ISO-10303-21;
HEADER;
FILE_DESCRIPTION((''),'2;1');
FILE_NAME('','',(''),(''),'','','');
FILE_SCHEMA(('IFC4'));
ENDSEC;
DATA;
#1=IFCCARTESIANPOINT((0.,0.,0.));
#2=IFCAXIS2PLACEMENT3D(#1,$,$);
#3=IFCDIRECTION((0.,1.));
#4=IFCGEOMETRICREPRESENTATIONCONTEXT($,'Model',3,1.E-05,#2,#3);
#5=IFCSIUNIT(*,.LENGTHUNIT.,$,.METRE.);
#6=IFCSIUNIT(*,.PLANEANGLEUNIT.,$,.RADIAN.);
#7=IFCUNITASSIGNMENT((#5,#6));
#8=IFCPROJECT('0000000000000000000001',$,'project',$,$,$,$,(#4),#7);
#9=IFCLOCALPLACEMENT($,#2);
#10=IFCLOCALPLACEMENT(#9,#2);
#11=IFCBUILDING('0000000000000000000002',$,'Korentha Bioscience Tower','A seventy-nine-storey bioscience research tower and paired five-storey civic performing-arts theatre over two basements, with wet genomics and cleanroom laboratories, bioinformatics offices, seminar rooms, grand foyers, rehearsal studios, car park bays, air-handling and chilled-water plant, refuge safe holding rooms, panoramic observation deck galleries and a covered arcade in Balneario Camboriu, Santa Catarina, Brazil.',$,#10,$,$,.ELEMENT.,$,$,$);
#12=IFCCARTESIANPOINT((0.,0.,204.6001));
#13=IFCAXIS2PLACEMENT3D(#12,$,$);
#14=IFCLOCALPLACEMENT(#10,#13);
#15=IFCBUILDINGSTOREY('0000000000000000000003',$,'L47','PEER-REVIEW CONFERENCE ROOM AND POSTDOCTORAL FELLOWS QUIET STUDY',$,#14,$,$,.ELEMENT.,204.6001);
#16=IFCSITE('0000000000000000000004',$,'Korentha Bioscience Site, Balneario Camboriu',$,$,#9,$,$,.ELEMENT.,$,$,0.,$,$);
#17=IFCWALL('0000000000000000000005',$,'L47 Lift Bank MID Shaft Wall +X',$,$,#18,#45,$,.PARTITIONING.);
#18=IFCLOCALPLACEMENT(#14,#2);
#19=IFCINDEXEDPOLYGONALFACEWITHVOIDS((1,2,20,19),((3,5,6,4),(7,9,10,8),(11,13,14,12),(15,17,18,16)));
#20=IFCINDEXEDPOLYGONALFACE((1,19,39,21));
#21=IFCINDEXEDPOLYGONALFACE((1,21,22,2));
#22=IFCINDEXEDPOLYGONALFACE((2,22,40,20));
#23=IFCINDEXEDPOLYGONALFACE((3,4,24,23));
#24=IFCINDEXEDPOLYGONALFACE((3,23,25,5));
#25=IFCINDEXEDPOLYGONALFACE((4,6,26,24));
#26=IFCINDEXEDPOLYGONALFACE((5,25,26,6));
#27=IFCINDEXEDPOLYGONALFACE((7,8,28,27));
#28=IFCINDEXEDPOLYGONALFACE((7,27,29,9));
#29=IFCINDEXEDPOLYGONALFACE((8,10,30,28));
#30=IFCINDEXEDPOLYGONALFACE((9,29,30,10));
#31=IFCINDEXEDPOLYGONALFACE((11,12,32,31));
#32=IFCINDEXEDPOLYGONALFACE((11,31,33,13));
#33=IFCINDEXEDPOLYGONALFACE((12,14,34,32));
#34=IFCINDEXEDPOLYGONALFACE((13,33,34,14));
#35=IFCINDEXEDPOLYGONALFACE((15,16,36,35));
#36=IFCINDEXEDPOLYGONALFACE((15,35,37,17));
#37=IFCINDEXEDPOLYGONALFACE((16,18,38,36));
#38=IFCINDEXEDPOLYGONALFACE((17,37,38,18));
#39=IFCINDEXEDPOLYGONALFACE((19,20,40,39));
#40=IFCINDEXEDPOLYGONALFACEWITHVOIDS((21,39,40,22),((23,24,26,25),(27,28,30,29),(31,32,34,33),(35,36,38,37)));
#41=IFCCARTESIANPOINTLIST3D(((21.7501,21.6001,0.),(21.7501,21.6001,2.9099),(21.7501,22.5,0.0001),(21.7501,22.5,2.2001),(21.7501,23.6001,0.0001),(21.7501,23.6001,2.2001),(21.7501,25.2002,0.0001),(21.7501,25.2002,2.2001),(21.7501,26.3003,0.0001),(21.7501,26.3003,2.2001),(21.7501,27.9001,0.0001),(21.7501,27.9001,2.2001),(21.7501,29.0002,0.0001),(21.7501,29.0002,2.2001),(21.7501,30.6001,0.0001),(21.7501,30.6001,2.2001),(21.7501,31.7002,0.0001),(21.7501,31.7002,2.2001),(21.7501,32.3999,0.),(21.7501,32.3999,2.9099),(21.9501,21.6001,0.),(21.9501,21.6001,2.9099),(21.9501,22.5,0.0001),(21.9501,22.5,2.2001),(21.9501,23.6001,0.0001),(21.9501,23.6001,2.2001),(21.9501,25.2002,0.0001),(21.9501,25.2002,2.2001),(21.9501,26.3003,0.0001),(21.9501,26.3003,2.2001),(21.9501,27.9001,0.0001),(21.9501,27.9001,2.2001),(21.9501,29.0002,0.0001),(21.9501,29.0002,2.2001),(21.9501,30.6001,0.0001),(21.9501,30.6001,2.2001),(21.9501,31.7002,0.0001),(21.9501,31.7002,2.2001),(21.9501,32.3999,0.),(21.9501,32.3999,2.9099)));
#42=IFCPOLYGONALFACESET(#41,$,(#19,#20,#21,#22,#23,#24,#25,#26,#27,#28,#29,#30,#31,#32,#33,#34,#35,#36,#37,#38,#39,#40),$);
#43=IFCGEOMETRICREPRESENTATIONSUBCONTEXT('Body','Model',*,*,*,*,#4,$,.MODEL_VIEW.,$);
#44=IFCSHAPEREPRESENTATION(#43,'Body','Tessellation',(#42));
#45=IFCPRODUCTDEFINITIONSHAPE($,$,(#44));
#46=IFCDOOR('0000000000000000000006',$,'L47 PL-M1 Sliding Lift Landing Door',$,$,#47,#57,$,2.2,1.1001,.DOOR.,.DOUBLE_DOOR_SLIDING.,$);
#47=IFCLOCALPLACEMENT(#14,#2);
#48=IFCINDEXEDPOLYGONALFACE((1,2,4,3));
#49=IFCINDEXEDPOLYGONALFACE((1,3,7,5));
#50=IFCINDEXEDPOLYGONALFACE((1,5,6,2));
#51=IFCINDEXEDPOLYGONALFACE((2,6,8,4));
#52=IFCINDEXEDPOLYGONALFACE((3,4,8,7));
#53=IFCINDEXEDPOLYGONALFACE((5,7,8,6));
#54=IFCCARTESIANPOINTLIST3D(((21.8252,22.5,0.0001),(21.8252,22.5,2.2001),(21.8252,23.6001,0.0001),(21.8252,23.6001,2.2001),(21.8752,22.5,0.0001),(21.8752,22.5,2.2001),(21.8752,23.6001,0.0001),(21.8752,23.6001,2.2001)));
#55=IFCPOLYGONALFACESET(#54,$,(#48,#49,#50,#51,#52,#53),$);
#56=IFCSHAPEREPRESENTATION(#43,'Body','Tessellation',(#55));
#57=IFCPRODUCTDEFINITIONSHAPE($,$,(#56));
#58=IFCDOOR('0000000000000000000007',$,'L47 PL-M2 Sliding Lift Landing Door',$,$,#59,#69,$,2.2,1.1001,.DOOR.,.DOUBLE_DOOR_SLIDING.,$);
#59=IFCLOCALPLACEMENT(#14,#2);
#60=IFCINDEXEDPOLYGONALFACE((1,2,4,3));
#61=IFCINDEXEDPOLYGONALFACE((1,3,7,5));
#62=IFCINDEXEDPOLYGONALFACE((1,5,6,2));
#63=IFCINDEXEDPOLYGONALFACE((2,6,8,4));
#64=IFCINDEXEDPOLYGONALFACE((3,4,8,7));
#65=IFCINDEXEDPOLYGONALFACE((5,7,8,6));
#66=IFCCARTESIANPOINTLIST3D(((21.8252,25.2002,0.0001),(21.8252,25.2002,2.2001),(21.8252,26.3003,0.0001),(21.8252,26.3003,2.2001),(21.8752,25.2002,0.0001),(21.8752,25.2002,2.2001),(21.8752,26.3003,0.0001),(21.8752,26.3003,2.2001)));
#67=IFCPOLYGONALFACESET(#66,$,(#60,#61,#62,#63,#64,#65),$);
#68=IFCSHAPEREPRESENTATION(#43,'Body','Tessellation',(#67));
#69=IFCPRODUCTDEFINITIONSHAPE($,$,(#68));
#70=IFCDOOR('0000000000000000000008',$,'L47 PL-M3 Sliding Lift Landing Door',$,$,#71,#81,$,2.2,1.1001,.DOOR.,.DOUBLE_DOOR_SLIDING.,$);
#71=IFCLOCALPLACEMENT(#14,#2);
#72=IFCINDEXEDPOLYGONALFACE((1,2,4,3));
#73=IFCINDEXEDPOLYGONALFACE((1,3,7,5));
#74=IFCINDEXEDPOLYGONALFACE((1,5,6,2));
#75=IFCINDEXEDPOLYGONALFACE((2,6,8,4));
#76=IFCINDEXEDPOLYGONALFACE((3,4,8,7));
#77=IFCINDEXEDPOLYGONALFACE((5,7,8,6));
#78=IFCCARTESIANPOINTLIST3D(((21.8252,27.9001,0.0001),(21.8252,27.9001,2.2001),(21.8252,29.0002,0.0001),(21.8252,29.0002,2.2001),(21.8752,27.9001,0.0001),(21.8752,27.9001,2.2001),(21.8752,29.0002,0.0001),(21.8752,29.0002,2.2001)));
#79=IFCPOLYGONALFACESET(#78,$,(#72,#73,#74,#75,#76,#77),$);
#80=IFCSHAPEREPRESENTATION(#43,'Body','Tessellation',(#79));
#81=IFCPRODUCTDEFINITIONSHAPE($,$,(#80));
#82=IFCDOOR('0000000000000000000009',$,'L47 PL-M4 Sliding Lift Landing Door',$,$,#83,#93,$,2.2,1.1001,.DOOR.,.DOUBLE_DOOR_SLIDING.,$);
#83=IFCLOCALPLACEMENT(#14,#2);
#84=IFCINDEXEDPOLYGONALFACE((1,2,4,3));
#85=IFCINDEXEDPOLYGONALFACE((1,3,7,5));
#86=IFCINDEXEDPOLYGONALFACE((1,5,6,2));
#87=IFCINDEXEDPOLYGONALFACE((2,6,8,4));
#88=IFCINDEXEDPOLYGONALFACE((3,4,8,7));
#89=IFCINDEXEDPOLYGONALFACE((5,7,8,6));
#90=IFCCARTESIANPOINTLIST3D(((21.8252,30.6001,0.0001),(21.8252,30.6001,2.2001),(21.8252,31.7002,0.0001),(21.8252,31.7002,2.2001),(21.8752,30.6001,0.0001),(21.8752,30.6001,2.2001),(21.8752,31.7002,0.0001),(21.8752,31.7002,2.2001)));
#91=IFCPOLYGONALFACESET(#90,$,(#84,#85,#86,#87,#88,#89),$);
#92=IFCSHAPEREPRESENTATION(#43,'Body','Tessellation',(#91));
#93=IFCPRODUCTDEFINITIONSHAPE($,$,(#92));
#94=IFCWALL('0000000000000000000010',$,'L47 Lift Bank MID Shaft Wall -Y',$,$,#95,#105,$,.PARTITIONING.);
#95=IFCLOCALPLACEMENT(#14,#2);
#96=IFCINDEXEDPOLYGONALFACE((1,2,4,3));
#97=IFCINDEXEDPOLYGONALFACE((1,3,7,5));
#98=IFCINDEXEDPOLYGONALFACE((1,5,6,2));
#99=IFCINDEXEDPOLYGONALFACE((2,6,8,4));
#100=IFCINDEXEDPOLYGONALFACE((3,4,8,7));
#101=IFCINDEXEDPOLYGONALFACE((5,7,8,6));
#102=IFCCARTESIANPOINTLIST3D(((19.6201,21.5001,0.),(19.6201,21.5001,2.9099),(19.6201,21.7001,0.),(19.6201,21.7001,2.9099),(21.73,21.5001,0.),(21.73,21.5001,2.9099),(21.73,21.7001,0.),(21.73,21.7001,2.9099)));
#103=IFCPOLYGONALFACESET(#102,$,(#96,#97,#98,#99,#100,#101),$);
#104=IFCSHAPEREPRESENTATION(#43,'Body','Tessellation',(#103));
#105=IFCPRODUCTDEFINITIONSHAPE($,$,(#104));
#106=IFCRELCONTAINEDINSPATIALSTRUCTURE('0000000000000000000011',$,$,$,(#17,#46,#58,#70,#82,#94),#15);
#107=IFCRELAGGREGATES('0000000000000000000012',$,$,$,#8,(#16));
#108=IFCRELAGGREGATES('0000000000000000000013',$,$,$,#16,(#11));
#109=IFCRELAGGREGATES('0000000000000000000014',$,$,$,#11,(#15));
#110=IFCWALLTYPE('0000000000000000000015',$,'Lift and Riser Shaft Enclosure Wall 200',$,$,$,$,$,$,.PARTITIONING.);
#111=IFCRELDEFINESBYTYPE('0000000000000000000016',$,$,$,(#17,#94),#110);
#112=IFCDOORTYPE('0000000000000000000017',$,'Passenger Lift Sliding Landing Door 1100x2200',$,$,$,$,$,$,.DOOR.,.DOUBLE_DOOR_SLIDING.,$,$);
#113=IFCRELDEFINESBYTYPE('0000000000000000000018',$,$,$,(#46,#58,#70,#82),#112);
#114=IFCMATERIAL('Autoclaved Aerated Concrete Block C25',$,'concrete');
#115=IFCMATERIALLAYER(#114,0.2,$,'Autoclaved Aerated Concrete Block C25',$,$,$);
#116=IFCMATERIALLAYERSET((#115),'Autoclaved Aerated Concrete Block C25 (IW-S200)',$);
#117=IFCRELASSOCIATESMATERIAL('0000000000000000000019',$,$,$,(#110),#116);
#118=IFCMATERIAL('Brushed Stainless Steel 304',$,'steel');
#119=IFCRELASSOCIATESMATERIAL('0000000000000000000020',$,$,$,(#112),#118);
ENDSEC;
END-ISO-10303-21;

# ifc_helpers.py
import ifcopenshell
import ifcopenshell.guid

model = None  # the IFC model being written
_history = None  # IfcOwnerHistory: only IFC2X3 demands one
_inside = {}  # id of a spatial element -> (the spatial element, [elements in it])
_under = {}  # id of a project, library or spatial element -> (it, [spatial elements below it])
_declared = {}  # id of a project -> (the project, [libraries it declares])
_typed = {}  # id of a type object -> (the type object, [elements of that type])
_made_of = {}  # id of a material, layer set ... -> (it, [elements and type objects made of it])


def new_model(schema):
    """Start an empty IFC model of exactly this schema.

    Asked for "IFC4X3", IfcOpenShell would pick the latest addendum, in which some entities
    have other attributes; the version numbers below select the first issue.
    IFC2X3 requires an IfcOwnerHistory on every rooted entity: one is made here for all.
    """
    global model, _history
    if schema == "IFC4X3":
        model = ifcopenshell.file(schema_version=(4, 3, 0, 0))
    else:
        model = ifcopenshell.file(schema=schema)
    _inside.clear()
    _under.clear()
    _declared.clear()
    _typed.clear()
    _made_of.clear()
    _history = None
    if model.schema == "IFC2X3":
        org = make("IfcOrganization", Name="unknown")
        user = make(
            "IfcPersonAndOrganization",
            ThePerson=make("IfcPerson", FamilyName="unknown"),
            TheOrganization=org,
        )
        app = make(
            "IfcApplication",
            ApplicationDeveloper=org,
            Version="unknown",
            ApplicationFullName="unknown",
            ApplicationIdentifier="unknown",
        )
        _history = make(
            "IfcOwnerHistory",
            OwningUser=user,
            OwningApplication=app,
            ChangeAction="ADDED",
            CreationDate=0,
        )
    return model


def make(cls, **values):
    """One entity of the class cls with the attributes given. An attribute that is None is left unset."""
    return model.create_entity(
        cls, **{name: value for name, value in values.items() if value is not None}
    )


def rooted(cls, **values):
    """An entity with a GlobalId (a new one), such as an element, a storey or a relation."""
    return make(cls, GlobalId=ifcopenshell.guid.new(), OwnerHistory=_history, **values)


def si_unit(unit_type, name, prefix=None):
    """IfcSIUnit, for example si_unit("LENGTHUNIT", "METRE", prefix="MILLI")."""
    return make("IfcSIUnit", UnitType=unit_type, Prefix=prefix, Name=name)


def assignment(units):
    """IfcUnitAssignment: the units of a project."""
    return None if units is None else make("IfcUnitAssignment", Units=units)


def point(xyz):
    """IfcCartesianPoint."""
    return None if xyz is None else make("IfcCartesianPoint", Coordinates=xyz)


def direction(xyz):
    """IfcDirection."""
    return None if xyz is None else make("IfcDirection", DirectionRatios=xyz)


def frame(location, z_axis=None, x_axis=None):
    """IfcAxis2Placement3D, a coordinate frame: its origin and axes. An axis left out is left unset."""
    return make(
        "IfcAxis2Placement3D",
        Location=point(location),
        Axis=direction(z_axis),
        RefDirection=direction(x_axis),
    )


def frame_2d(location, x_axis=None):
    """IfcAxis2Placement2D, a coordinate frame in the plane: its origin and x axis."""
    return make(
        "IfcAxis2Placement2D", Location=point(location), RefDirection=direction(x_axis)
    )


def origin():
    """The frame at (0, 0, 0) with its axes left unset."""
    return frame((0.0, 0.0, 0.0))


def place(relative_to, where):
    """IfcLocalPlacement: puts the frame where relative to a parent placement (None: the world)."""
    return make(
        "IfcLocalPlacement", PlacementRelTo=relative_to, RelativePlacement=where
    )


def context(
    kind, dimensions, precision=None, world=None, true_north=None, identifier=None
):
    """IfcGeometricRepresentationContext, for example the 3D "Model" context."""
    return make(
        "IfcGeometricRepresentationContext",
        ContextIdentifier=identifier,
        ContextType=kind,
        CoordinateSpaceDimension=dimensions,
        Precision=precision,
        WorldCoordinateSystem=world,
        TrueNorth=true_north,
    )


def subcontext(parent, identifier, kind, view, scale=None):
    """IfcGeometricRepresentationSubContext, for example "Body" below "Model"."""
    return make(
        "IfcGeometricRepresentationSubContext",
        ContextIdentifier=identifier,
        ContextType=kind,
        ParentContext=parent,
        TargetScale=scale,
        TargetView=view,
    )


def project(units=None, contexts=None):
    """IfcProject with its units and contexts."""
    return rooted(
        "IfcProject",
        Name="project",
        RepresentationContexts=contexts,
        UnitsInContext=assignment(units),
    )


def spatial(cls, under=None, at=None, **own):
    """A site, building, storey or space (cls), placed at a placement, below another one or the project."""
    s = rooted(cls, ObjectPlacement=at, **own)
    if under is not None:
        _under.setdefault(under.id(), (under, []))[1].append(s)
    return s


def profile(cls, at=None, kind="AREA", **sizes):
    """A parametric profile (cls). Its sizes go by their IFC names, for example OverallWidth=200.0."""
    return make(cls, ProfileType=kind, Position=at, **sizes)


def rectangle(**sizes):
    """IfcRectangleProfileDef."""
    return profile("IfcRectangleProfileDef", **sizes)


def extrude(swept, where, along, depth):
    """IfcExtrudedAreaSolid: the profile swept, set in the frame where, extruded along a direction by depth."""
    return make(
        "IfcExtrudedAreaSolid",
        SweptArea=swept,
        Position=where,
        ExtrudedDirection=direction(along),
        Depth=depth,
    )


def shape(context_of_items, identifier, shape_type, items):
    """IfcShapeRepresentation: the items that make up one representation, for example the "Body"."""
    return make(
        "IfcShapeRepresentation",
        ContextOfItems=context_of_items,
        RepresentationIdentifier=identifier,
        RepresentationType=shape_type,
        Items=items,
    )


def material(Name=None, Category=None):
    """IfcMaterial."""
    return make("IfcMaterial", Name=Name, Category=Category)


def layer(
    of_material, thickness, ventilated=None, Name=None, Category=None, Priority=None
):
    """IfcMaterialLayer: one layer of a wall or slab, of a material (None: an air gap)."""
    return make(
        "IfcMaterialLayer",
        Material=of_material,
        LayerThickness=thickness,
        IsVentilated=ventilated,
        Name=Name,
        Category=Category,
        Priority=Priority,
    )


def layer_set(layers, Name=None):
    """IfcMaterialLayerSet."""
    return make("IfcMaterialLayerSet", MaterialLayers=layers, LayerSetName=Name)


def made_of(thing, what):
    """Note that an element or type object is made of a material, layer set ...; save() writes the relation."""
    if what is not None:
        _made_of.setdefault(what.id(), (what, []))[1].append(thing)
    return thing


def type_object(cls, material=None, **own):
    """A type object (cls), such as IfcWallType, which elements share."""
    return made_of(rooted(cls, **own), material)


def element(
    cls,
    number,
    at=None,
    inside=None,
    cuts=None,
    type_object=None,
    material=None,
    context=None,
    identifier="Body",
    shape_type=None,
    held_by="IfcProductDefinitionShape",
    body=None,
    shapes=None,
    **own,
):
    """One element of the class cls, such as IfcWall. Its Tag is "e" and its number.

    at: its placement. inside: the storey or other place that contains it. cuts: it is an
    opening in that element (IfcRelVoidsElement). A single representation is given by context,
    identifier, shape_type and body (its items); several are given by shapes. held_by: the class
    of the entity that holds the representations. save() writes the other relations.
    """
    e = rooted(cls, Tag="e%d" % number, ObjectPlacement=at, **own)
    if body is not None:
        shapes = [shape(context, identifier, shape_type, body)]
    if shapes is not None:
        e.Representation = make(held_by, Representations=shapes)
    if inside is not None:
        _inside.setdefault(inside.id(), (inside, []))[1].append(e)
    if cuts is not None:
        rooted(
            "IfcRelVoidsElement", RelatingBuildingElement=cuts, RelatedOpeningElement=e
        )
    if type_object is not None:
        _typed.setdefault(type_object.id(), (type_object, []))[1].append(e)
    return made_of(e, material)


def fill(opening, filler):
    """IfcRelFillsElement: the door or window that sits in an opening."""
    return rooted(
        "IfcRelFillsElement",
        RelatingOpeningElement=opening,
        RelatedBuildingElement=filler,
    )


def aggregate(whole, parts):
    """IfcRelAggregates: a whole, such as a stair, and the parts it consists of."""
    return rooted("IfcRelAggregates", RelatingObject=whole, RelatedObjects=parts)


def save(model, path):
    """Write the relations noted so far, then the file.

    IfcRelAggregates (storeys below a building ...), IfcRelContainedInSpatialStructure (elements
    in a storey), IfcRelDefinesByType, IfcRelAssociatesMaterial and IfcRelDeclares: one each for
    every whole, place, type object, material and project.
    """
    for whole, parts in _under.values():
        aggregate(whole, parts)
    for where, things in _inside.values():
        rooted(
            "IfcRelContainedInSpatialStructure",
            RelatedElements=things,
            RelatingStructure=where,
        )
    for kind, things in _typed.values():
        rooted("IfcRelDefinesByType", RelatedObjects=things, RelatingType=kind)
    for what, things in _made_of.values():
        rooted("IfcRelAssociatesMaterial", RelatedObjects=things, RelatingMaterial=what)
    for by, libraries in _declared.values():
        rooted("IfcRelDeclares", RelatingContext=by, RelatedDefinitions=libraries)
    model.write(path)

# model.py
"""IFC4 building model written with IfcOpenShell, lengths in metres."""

from ifc_helpers import new_model, si_unit, direction, frame, frame_2d, origin, place, context, subcontext, project, spatial, rectangle, extrude, material, layer, layer_set, type_object, element, fill, save


model = new_model("IFC4")

# Units and contexts
model_context = context("Model", 3, precision=1e-05, world=origin(), true_north=direction((0.0, 1.0)))
body_context = subcontext(model_context, "Body", "Model", "MODEL_VIEW")
ifc_project = project(units=[si_unit("LENGTHUNIT", "METRE"), si_unit("PLANEANGLEUNIT", "RADIAN")], contexts=[model_context])

# Site, building, storey
site_placement = place(None, origin())
site = spatial("IfcSite", under=ifc_project, at=site_placement, Name="Korentha Bioscience Site, Balneario Camboriu", CompositionType="ELEMENT", RefElevation=0.0)
building_placement = place(site_placement, origin())
building = spatial("IfcBuilding", under=site, at=building_placement, Name="Korentha Bioscience Tower", Description="A seventy-nine-storey bioscience research tower and paired five-storey civic performing-arts theatre over two basements, with wet genomics and cleanroom laboratories, bioinformatics offices, seminar rooms, grand foyers, rehearsal studios, car park bays, air-handling and chilled-water plant, refuge safe holding rooms, panoramic observation deck galleries and a covered arcade in Balneario Camboriu, Santa Catarina, Brazil.", CompositionType="ELEMENT")
storey_placement = place(building_placement, frame((0.0, 0.0, 204.6001)))
storey = spatial("IfcBuildingStorey", under=building, at=storey_placement, Name="L47", Description="PEER-REVIEW CONFERENCE ROOM AND POSTDOCTORAL FELLOWS QUIET STUDY", CompositionType="ELEMENT", Elevation=204.6001)

# Shared definitions
ifc_material_1 = material(Name="Autoclaved Aerated Concrete Block C25", Category="concrete")
ifc_layer_1 = layer(ifc_material_1, 0.2, Name="Autoclaved Aerated Concrete Block C25")
ifc_layer_set_1 = layer_set([ifc_layer_1], Name="Autoclaved Aerated Concrete Block C25 (IW-S200)")
wall_type_1 = type_object("IfcWallType", Name="Lift and Riser Shaft Enclosure Wall 200", PredefinedType="PARTITIONING", material=ifc_layer_set_1)

# Wall, openings, doors
wall_1_placement = place(storey_placement, frame((21.8501, 21.6001, 0.0), z_axis=(0.0, 0.0, 1.0), x_axis=(0.0, 1.0, 0.0)))
wall_1 = element("IfcWall", 1, at=wall_1_placement, inside=storey, type_object=wall_type_1, Name="L47 Lift Bank MID Shaft Wall +X", PredefinedType="PARTITIONING", context=body_context, shape_type="SweptSolid", body=[
    extrude(rectangle(XDim=10.7998, YDim=0.2, at=frame_2d((5.3999, 0.0))), origin(), (0.0, 0.0, 1.0), 2.9099),
])
opening_1_placement = place(wall_1_placement, frame((0.8999, 0.0, 0.0)))
opening_1 = element("IfcOpeningElement", 2, at=opening_1_placement, cuts=wall_1, PredefinedType="OPENING", context=body_context, shape_type="SweptSolid", body=[
    extrude(rectangle(XDim=1.1001, YDim=2.2, at=frame_2d((0.55, 1.1001))), frame((0.0, 0.1147, 0.0), z_axis=(0.0, -1.0, 0.0), x_axis=(1.0, 0.0, 0.0)), (0.0, 0.0, 1.0), 0.2297),
])
opening_2_placement = place(wall_1_placement, frame((3.6001, 0.0, 0.0)))
opening_2 = element("IfcOpeningElement", 3, at=opening_2_placement, cuts=wall_1, PredefinedType="OPENING", context=body_context, shape_type="SweptSolid", body=[
    extrude(rectangle(XDim=1.1001, YDim=2.2, at=frame_2d((0.55, 1.1001))), frame((0.0, 0.1147, 0.0), z_axis=(0.0, -1.0, 0.0), x_axis=(1.0, 0.0, 0.0)), (0.0, 0.0, 1.0), 0.2297),
])
opening_3_placement = place(wall_1_placement, frame((6.3, 0.0, 0.0)))
opening_3 = element("IfcOpeningElement", 4, at=opening_3_placement, cuts=wall_1, PredefinedType="OPENING", context=body_context, shape_type="SweptSolid", body=[
    extrude(rectangle(XDim=1.1001, YDim=2.2, at=frame_2d((0.55, 1.1001))), frame((0.0, 0.1147, 0.0), z_axis=(0.0, -1.0, 0.0), x_axis=(1.0, 0.0, 0.0)), (0.0, 0.0, 1.0), 0.2297),
])
opening_4_placement = place(wall_1_placement, frame((9.0, 0.0, 0.0)))
opening_4 = element("IfcOpeningElement", 5, at=opening_4_placement, cuts=wall_1, PredefinedType="OPENING", context=body_context, shape_type="SweptSolid", body=[
    extrude(rectangle(XDim=1.1001, YDim=2.2, at=frame_2d((0.55, 1.1001))), frame((0.0, 0.1147, 0.0), z_axis=(0.0, -1.0, 0.0), x_axis=(1.0, 0.0, 0.0)), (0.0, 0.0, 1.0), 0.2297),
])
ifc_material_2 = material(Name="Brushed Stainless Steel 304", Category="steel")
door_type_1 = type_object("IfcDoorType", Name="Passenger Lift Sliding Landing Door 1100x2200", OperationType="DOUBLE_DOOR_SLIDING", PredefinedType="DOOR", material=ifc_material_2)
door_1_placement = place(opening_1_placement, origin())
door_1 = element("IfcDoor", 6, at=door_1_placement, inside=storey, type_object=door_type_1, Name="L47 PL-M1 Sliding Lift Landing Door", OperationType="DOUBLE_DOOR_SLIDING", OverallHeight=2.2, OverallWidth=1.1001, PredefinedType="DOOR", context=body_context, shape_type="SweptSolid", body=[
    extrude(rectangle(XDim=1.1001, YDim=2.2, at=frame_2d((0.55, 1.1001))), frame((0.0, 0.0249, 0.0), z_axis=(0.0, -1.0, 0.0), x_axis=(1.0, 0.0, 0.0)), (0.0, 0.0, 1.0), 0.05),
])
fill(opening_1, door_1)
door_2_placement = place(opening_2_placement, origin())
door_2 = element("IfcDoor", 7, at=door_2_placement, inside=storey, type_object=door_type_1, Name="L47 PL-M2 Sliding Lift Landing Door", OperationType="DOUBLE_DOOR_SLIDING", OverallHeight=2.2, OverallWidth=1.1001, PredefinedType="DOOR", context=body_context, shape_type="SweptSolid", body=[
    extrude(rectangle(XDim=1.1001, YDim=2.2, at=frame_2d((0.55, 1.1001))), frame((0.0, 0.0249, 0.0), z_axis=(0.0, -1.0, 0.0), x_axis=(1.0, 0.0, 0.0)), (0.0, 0.0, 1.0), 0.05),
])
fill(opening_2, door_2)
door_3_placement = place(opening_3_placement, origin())
door_3 = element("IfcDoor", 8, at=door_3_placement, inside=storey, type_object=door_type_1, Name="L47 PL-M3 Sliding Lift Landing Door", OperationType="DOUBLE_DOOR_SLIDING", OverallHeight=2.2, OverallWidth=1.1001, PredefinedType="DOOR", context=body_context, shape_type="SweptSolid", body=[
    extrude(rectangle(XDim=1.1001, YDim=2.2, at=frame_2d((0.55, 1.1001))), frame((0.0, 0.0249, 0.0), z_axis=(0.0, -1.0, 0.0), x_axis=(1.0, 0.0, 0.0)), (0.0, 0.0, 1.0), 0.05),
])
fill(opening_3, door_3)
door_4_placement = place(opening_4_placement, origin())
door_4 = element("IfcDoor", 9, at=door_4_placement, inside=storey, type_object=door_type_1, Name="L47 PL-M4 Sliding Lift Landing Door", OperationType="DOUBLE_DOOR_SLIDING", OverallHeight=2.2, OverallWidth=1.1001, PredefinedType="DOOR", context=body_context, shape_type="SweptSolid", body=[
    extrude(rectangle(XDim=1.1001, YDim=2.2, at=frame_2d((0.55, 1.1001))), frame((0.0, 0.0249, 0.0), z_axis=(0.0, -1.0, 0.0), x_axis=(1.0, 0.0, 0.0)), (0.0, 0.0, 1.0), 0.05),
])
fill(opening_4, door_4)

# Wall
wall_2_placement = place(storey_placement, frame((19.6201, 21.6001, 0.0), z_axis=(0.0, 0.0, 1.0), x_axis=(1.0, 0.0, 0.0)))
element("IfcWall", 10, at=wall_2_placement, inside=storey, type_object=wall_type_1, Name="L47 Lift Bank MID Shaft Wall -Y", PredefinedType="PARTITIONING", context=body_context, shape_type="SweptSolid", body=[
    extrude(rectangle(XDim=2.1099, YDim=0.2, at=frame_2d((1.0549, 0.0))), origin(), (0.0, 0.0, 1.0), 2.9099),
])

save(model, "model.ifc")
